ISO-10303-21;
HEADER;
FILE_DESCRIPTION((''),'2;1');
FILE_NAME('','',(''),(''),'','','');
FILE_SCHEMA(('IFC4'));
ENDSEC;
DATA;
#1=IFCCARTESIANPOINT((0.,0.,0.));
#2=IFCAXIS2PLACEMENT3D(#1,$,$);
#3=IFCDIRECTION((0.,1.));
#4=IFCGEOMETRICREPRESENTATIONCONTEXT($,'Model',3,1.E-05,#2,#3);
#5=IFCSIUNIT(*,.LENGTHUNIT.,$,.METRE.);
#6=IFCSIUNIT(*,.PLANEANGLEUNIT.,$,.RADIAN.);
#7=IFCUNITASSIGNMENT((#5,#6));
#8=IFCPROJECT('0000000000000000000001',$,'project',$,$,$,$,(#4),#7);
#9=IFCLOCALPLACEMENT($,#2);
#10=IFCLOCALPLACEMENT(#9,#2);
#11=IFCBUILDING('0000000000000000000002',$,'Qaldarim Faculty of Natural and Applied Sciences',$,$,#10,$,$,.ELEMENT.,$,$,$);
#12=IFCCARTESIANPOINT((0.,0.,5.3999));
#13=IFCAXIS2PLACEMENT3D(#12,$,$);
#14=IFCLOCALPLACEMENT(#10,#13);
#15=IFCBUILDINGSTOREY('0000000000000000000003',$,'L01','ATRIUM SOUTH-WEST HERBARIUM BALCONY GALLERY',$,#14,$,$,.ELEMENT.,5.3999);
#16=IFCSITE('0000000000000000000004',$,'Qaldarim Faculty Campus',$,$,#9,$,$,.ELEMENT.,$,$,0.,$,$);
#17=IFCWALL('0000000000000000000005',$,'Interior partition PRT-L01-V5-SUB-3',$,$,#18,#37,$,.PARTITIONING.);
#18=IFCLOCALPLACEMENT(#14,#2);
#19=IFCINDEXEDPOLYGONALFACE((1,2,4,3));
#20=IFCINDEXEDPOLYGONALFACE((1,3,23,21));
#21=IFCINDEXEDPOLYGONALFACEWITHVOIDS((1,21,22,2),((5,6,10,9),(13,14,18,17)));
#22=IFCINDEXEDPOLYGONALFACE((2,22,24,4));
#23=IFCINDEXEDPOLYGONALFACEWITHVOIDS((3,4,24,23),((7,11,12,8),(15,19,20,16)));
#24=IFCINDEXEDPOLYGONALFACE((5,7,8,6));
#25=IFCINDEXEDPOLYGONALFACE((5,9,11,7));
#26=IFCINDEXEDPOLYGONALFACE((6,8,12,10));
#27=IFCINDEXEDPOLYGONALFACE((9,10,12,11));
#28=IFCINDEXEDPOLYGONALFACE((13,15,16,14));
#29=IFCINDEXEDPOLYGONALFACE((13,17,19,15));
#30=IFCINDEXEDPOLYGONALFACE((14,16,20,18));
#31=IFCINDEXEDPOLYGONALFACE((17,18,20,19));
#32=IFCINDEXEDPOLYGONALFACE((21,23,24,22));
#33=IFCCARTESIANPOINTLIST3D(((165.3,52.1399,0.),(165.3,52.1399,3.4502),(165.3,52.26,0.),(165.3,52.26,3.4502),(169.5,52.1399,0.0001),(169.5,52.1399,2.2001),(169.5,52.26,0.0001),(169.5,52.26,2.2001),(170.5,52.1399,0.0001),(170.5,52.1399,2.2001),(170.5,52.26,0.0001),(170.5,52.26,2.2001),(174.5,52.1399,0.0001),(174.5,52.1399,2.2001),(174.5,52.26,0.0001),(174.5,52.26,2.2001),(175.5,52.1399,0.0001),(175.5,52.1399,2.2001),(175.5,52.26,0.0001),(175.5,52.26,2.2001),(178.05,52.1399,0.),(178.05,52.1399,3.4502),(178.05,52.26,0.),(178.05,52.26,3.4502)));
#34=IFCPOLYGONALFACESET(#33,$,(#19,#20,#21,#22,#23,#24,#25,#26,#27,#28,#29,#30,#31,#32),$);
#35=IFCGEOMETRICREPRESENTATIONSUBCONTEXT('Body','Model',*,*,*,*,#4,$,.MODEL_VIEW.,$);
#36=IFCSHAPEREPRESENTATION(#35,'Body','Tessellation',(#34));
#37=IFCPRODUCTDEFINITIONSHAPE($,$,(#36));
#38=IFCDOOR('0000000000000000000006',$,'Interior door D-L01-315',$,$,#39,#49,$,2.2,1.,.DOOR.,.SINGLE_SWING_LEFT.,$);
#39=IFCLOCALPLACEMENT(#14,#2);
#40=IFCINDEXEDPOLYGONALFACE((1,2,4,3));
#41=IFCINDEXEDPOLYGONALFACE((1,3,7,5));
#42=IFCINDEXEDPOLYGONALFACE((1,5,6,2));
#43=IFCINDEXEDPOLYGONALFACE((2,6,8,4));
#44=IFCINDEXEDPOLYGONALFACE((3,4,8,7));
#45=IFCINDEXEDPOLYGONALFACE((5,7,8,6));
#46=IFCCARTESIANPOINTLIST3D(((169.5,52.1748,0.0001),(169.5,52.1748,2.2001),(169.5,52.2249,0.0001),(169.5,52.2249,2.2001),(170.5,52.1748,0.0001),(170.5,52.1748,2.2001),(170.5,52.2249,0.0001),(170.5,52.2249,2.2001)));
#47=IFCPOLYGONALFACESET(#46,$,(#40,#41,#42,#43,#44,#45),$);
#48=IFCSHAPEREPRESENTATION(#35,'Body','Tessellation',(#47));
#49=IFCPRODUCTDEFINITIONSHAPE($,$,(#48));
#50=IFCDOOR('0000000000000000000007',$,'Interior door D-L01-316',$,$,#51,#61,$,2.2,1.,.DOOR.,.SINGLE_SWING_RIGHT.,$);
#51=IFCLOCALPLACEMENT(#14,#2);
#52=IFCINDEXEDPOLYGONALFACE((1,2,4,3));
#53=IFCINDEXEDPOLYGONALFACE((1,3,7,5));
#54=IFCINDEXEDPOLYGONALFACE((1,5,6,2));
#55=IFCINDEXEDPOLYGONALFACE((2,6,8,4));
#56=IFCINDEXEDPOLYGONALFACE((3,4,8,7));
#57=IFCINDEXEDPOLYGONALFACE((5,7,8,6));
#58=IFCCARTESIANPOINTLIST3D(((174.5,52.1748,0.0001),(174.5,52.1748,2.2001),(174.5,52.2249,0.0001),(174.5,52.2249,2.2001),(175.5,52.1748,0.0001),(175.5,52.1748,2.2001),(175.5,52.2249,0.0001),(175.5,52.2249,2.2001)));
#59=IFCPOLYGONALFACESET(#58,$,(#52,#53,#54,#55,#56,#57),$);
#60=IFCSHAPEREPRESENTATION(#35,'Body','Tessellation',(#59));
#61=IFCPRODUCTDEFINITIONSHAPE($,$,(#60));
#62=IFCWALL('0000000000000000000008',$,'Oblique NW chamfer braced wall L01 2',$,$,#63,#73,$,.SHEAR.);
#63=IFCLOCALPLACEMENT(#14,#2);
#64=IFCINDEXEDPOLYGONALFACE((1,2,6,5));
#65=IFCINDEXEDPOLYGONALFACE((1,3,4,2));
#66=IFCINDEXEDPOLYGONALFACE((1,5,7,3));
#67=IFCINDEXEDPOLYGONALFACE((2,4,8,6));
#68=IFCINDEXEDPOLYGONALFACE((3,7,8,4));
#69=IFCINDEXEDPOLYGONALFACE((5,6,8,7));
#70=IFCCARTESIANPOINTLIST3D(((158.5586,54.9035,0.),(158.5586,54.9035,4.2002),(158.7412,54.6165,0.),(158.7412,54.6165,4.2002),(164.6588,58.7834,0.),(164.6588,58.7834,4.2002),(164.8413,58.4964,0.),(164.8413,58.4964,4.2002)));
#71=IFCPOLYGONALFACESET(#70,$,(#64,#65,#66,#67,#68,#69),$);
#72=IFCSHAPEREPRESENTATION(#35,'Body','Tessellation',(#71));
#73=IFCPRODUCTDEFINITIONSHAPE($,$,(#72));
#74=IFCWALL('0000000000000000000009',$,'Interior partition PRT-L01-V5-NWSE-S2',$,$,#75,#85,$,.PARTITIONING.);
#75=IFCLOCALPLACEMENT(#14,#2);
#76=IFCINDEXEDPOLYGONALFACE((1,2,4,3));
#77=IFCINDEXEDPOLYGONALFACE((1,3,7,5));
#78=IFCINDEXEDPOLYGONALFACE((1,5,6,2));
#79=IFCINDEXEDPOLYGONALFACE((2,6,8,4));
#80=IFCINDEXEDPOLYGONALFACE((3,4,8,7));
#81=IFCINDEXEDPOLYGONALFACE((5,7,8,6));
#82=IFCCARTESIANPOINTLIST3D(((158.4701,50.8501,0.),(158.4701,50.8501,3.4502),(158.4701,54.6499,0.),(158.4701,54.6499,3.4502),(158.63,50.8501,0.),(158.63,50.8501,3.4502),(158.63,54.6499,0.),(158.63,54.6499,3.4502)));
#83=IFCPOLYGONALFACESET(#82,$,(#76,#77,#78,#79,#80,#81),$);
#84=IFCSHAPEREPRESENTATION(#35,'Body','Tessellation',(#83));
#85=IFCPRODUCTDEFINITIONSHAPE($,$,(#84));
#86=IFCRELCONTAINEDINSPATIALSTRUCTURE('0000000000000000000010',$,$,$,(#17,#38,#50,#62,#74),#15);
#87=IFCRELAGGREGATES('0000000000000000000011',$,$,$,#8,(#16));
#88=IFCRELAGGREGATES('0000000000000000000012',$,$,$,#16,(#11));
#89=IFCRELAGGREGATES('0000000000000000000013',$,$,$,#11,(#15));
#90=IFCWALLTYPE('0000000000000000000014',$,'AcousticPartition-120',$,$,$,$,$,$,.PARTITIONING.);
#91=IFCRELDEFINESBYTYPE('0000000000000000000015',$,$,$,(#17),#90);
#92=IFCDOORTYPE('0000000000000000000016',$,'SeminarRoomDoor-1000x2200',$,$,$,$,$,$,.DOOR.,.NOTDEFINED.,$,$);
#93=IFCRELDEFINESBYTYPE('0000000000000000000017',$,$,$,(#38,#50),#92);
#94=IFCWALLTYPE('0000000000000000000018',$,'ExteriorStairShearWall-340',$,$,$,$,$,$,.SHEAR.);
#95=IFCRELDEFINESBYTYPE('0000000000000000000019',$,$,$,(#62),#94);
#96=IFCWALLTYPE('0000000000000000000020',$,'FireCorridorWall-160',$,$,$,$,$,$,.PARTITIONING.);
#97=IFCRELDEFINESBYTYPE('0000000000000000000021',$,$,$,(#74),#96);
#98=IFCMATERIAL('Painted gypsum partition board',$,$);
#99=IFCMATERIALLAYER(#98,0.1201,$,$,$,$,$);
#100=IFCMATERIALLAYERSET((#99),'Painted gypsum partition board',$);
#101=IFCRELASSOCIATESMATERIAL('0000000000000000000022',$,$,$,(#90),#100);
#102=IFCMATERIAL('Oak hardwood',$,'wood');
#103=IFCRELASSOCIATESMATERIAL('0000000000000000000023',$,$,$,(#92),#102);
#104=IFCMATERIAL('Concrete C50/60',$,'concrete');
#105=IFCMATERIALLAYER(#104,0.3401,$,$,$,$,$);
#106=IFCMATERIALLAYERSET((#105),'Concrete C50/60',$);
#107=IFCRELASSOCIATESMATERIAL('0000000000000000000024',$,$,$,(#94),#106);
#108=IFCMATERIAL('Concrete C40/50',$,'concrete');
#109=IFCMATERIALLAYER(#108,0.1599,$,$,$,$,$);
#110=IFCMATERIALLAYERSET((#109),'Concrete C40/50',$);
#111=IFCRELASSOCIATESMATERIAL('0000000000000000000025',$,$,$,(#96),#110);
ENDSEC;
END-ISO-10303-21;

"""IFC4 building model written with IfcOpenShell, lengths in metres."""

from ifc_helpers import new_model, si_unit, direction, frame, frame_2d, origin, place, context, subcontext, project, spatial, rectangle, extrude, material, layer, layer_set, type_object, element, fill, save


model = new_model("IFC4")

# Units and contexts
model_context = context("Model", 3, precision=1e-05, world=origin(), true_north=direction((0.0, 1.0)))
body_context = subcontext(model_context, "Body", "Model", "MODEL_VIEW")
ifc_project = project(units=[si_unit("LENGTHUNIT", "METRE"), si_unit("PLANEANGLEUNIT", "RADIAN")], contexts=[model_context])

# Site, building, storey
site_placement = place(None, origin())
site = spatial("IfcSite", under=ifc_project, at=site_placement, Name="Qaldarim Faculty Campus", CompositionType="ELEMENT", RefElevation=0.0)
building_placement = place(site_placement, origin())
building = spatial("IfcBuilding", under=site, at=building_placement, Name="Qaldarim Faculty of Natural and Applied Sciences", CompositionType="ELEMENT")
storey_placement = place(building_placement, frame((0.0, 0.0, 5.3999)))
storey = spatial("IfcBuildingStorey", under=building, at=storey_placement, Name="L01", Description="ATRIUM SOUTH-WEST HERBARIUM BALCONY GALLERY", CompositionType="ELEMENT", Elevation=5.3999)

# Shared definitions
ifc_material_1 = material(Name="Concrete C50/60", Category="concrete")

# Shared definitions
ifc_material_2 = material(Name="Painted gypsum partition board")
ifc_layer_1 = layer(ifc_material_2, 0.1201)
ifc_layer_set_1 = layer_set([ifc_layer_1], Name="Painted gypsum partition board")
wall_type_1 = type_object("IfcWallType", Name="AcousticPartition-120", PredefinedType="PARTITIONING", material=ifc_layer_set_1)
ifc_material_3 = material(Name="Oak hardwood", Category="wood")

# Wall, openings, doors
door_type_1 = type_object("IfcDoorType", Name="SeminarRoomDoor-1000x2200", OperationType="NOTDEFINED", PredefinedType="DOOR", material=ifc_material_3)
wall_1_placement = place(storey_placement, frame((165.3, 52.2, 0.0), z_axis=(0.0, 0.0, 1.0), x_axis=(1.0, 0.0, 0.0)))
wall_1 = element("IfcWall", 1, at=wall_1_placement, inside=storey, type_object=wall_type_1, Name="Interior partition PRT-L01-V5-SUB-3", PredefinedType="PARTITIONING", context=body_context, shape_type="SweptSolid", body=[
    extrude(rectangle(XDim=12.75, YDim=0.1201, at=frame_2d((6.375, 0.0))), origin(), (0.0, 0.0, 1.0), 3.4502),
])
opening_1_placement = place(wall_1_placement, frame((4.2, 0.0, 0.0)))
opening_1 = element("IfcOpeningElement", 2, at=opening_1_placement, cuts=wall_1, PredefinedType="OPENING", context=body_context, shape_type="SweptSolid", body=[
    extrude(rectangle(XDim=1.0, YDim=2.2, at=frame_2d((0.5, 1.1001))), frame((0.0, 0.0701, 0.0), z_axis=(0.0, -1.0, 0.0), x_axis=(1.0, 0.0, 0.0)), (0.0, 0.0, 1.0), 0.1401),
])
opening_2_placement = place(wall_1_placement, frame((9.2, 0.0, 0.0)))
opening_2 = element("IfcOpeningElement", 3, at=opening_2_placement, cuts=wall_1, PredefinedType="OPENING", context=body_context, shape_type="SweptSolid", body=[
    extrude(rectangle(XDim=1.0, YDim=2.2, at=frame_2d((0.5, 1.1001))), frame((0.0, 0.0701, 0.0), z_axis=(0.0, -1.0, 0.0), x_axis=(1.0, 0.0, 0.0)), (0.0, 0.0, 1.0), 0.1401),
])
door_1_placement = place(opening_1_placement, origin())
door_1 = element("IfcDoor", 4, at=door_1_placement, inside=storey, type_object=door_type_1, Name="Interior door D-L01-315", OperationType="SINGLE_SWING_LEFT", OverallHeight=2.2, OverallWidth=1.0, PredefinedType="DOOR", context=body_context, shape_type="SweptSolid", body=[
    extrude(rectangle(XDim=1.0, YDim=2.2, at=frame_2d((0.5, 1.1001))), frame((0.0, 0.0249, 0.0), z_axis=(0.0, -1.0, 0.0), x_axis=(1.0, 0.0, 0.0)), (0.0, 0.0, 1.0), 0.05),
])
fill(opening_1, door_1)
door_2_placement = place(opening_2_placement, origin())
door_2 = element("IfcDoor", 5, at=door_2_placement, inside=storey, type_object=door_type_1, Name="Interior door D-L01-316", OperationType="SINGLE_SWING_RIGHT", OverallHeight=2.2, OverallWidth=1.0, PredefinedType="DOOR", context=body_context, shape_type="SweptSolid", body=[
    extrude(rectangle(XDim=1.0, YDim=2.2, at=frame_2d((0.5, 1.1001))), frame((0.0, 0.0249, 0.0), z_axis=(0.0, -1.0, 0.0), x_axis=(1.0, 0.0, 0.0)), (0.0, 0.0, 1.0), 0.05),
])
fill(opening_2, door_2)

# Walls
ifc_layer_2 = layer(ifc_material_1, 0.3401)
ifc_layer_set_2 = layer_set([ifc_layer_2], Name="Concrete C50/60")
wall_type_2 = type_object("IfcWallType", Name="ExteriorStairShearWall-340", PredefinedType="SHEAR", material=ifc_layer_set_2)
wall_2_placement = place(storey_placement, frame((158.6499, 54.76, 0.0), z_axis=(0.0, 0.0, 1.0), x_axis=(0.843787, 0.536679, 0.0)))
element("IfcWall", 6, at=wall_2_placement, inside=storey, type_object=wall_type_2, Name="Oblique NW chamfer braced wall L01 2", PredefinedType="SHEAR", context=body_context, shape_type="SweptSolid", body=[
    extrude(rectangle(XDim=7.2295, YDim=0.3401, at=frame_2d((3.6147, 0.0))), origin(), (0.0, 0.0, 1.0), 4.2002),
])
ifc_material_4 = material(Name="Concrete C40/50", Category="concrete")
ifc_layer_3 = layer(ifc_material_4, 0.1599)
ifc_layer_set_3 = layer_set([ifc_layer_3], Name="Concrete C40/50")
wall_type_3 = type_object("IfcWallType", Name="FireCorridorWall-160", PredefinedType="PARTITIONING", material=ifc_layer_set_3)
wall_3_placement = place(storey_placement, frame((158.55, 50.8501, 0.0), z_axis=(0.0, 0.0, 1.0), x_axis=(0.0, 1.0, 0.0)))
element("IfcWall", 7, at=wall_3_placement, inside=storey, type_object=wall_type_3, Name="Interior partition PRT-L01-V5-NWSE-S2", PredefinedType="PARTITIONING", context=body_context, shape_type="SweptSolid", body=[
    extrude(rectangle(XDim=3.7998, YDim=0.1599, at=frame_2d((1.8999, 0.0))), origin(), (0.0, 0.0, 1.0), 3.4502),
])

save(model, "model.ifc")
